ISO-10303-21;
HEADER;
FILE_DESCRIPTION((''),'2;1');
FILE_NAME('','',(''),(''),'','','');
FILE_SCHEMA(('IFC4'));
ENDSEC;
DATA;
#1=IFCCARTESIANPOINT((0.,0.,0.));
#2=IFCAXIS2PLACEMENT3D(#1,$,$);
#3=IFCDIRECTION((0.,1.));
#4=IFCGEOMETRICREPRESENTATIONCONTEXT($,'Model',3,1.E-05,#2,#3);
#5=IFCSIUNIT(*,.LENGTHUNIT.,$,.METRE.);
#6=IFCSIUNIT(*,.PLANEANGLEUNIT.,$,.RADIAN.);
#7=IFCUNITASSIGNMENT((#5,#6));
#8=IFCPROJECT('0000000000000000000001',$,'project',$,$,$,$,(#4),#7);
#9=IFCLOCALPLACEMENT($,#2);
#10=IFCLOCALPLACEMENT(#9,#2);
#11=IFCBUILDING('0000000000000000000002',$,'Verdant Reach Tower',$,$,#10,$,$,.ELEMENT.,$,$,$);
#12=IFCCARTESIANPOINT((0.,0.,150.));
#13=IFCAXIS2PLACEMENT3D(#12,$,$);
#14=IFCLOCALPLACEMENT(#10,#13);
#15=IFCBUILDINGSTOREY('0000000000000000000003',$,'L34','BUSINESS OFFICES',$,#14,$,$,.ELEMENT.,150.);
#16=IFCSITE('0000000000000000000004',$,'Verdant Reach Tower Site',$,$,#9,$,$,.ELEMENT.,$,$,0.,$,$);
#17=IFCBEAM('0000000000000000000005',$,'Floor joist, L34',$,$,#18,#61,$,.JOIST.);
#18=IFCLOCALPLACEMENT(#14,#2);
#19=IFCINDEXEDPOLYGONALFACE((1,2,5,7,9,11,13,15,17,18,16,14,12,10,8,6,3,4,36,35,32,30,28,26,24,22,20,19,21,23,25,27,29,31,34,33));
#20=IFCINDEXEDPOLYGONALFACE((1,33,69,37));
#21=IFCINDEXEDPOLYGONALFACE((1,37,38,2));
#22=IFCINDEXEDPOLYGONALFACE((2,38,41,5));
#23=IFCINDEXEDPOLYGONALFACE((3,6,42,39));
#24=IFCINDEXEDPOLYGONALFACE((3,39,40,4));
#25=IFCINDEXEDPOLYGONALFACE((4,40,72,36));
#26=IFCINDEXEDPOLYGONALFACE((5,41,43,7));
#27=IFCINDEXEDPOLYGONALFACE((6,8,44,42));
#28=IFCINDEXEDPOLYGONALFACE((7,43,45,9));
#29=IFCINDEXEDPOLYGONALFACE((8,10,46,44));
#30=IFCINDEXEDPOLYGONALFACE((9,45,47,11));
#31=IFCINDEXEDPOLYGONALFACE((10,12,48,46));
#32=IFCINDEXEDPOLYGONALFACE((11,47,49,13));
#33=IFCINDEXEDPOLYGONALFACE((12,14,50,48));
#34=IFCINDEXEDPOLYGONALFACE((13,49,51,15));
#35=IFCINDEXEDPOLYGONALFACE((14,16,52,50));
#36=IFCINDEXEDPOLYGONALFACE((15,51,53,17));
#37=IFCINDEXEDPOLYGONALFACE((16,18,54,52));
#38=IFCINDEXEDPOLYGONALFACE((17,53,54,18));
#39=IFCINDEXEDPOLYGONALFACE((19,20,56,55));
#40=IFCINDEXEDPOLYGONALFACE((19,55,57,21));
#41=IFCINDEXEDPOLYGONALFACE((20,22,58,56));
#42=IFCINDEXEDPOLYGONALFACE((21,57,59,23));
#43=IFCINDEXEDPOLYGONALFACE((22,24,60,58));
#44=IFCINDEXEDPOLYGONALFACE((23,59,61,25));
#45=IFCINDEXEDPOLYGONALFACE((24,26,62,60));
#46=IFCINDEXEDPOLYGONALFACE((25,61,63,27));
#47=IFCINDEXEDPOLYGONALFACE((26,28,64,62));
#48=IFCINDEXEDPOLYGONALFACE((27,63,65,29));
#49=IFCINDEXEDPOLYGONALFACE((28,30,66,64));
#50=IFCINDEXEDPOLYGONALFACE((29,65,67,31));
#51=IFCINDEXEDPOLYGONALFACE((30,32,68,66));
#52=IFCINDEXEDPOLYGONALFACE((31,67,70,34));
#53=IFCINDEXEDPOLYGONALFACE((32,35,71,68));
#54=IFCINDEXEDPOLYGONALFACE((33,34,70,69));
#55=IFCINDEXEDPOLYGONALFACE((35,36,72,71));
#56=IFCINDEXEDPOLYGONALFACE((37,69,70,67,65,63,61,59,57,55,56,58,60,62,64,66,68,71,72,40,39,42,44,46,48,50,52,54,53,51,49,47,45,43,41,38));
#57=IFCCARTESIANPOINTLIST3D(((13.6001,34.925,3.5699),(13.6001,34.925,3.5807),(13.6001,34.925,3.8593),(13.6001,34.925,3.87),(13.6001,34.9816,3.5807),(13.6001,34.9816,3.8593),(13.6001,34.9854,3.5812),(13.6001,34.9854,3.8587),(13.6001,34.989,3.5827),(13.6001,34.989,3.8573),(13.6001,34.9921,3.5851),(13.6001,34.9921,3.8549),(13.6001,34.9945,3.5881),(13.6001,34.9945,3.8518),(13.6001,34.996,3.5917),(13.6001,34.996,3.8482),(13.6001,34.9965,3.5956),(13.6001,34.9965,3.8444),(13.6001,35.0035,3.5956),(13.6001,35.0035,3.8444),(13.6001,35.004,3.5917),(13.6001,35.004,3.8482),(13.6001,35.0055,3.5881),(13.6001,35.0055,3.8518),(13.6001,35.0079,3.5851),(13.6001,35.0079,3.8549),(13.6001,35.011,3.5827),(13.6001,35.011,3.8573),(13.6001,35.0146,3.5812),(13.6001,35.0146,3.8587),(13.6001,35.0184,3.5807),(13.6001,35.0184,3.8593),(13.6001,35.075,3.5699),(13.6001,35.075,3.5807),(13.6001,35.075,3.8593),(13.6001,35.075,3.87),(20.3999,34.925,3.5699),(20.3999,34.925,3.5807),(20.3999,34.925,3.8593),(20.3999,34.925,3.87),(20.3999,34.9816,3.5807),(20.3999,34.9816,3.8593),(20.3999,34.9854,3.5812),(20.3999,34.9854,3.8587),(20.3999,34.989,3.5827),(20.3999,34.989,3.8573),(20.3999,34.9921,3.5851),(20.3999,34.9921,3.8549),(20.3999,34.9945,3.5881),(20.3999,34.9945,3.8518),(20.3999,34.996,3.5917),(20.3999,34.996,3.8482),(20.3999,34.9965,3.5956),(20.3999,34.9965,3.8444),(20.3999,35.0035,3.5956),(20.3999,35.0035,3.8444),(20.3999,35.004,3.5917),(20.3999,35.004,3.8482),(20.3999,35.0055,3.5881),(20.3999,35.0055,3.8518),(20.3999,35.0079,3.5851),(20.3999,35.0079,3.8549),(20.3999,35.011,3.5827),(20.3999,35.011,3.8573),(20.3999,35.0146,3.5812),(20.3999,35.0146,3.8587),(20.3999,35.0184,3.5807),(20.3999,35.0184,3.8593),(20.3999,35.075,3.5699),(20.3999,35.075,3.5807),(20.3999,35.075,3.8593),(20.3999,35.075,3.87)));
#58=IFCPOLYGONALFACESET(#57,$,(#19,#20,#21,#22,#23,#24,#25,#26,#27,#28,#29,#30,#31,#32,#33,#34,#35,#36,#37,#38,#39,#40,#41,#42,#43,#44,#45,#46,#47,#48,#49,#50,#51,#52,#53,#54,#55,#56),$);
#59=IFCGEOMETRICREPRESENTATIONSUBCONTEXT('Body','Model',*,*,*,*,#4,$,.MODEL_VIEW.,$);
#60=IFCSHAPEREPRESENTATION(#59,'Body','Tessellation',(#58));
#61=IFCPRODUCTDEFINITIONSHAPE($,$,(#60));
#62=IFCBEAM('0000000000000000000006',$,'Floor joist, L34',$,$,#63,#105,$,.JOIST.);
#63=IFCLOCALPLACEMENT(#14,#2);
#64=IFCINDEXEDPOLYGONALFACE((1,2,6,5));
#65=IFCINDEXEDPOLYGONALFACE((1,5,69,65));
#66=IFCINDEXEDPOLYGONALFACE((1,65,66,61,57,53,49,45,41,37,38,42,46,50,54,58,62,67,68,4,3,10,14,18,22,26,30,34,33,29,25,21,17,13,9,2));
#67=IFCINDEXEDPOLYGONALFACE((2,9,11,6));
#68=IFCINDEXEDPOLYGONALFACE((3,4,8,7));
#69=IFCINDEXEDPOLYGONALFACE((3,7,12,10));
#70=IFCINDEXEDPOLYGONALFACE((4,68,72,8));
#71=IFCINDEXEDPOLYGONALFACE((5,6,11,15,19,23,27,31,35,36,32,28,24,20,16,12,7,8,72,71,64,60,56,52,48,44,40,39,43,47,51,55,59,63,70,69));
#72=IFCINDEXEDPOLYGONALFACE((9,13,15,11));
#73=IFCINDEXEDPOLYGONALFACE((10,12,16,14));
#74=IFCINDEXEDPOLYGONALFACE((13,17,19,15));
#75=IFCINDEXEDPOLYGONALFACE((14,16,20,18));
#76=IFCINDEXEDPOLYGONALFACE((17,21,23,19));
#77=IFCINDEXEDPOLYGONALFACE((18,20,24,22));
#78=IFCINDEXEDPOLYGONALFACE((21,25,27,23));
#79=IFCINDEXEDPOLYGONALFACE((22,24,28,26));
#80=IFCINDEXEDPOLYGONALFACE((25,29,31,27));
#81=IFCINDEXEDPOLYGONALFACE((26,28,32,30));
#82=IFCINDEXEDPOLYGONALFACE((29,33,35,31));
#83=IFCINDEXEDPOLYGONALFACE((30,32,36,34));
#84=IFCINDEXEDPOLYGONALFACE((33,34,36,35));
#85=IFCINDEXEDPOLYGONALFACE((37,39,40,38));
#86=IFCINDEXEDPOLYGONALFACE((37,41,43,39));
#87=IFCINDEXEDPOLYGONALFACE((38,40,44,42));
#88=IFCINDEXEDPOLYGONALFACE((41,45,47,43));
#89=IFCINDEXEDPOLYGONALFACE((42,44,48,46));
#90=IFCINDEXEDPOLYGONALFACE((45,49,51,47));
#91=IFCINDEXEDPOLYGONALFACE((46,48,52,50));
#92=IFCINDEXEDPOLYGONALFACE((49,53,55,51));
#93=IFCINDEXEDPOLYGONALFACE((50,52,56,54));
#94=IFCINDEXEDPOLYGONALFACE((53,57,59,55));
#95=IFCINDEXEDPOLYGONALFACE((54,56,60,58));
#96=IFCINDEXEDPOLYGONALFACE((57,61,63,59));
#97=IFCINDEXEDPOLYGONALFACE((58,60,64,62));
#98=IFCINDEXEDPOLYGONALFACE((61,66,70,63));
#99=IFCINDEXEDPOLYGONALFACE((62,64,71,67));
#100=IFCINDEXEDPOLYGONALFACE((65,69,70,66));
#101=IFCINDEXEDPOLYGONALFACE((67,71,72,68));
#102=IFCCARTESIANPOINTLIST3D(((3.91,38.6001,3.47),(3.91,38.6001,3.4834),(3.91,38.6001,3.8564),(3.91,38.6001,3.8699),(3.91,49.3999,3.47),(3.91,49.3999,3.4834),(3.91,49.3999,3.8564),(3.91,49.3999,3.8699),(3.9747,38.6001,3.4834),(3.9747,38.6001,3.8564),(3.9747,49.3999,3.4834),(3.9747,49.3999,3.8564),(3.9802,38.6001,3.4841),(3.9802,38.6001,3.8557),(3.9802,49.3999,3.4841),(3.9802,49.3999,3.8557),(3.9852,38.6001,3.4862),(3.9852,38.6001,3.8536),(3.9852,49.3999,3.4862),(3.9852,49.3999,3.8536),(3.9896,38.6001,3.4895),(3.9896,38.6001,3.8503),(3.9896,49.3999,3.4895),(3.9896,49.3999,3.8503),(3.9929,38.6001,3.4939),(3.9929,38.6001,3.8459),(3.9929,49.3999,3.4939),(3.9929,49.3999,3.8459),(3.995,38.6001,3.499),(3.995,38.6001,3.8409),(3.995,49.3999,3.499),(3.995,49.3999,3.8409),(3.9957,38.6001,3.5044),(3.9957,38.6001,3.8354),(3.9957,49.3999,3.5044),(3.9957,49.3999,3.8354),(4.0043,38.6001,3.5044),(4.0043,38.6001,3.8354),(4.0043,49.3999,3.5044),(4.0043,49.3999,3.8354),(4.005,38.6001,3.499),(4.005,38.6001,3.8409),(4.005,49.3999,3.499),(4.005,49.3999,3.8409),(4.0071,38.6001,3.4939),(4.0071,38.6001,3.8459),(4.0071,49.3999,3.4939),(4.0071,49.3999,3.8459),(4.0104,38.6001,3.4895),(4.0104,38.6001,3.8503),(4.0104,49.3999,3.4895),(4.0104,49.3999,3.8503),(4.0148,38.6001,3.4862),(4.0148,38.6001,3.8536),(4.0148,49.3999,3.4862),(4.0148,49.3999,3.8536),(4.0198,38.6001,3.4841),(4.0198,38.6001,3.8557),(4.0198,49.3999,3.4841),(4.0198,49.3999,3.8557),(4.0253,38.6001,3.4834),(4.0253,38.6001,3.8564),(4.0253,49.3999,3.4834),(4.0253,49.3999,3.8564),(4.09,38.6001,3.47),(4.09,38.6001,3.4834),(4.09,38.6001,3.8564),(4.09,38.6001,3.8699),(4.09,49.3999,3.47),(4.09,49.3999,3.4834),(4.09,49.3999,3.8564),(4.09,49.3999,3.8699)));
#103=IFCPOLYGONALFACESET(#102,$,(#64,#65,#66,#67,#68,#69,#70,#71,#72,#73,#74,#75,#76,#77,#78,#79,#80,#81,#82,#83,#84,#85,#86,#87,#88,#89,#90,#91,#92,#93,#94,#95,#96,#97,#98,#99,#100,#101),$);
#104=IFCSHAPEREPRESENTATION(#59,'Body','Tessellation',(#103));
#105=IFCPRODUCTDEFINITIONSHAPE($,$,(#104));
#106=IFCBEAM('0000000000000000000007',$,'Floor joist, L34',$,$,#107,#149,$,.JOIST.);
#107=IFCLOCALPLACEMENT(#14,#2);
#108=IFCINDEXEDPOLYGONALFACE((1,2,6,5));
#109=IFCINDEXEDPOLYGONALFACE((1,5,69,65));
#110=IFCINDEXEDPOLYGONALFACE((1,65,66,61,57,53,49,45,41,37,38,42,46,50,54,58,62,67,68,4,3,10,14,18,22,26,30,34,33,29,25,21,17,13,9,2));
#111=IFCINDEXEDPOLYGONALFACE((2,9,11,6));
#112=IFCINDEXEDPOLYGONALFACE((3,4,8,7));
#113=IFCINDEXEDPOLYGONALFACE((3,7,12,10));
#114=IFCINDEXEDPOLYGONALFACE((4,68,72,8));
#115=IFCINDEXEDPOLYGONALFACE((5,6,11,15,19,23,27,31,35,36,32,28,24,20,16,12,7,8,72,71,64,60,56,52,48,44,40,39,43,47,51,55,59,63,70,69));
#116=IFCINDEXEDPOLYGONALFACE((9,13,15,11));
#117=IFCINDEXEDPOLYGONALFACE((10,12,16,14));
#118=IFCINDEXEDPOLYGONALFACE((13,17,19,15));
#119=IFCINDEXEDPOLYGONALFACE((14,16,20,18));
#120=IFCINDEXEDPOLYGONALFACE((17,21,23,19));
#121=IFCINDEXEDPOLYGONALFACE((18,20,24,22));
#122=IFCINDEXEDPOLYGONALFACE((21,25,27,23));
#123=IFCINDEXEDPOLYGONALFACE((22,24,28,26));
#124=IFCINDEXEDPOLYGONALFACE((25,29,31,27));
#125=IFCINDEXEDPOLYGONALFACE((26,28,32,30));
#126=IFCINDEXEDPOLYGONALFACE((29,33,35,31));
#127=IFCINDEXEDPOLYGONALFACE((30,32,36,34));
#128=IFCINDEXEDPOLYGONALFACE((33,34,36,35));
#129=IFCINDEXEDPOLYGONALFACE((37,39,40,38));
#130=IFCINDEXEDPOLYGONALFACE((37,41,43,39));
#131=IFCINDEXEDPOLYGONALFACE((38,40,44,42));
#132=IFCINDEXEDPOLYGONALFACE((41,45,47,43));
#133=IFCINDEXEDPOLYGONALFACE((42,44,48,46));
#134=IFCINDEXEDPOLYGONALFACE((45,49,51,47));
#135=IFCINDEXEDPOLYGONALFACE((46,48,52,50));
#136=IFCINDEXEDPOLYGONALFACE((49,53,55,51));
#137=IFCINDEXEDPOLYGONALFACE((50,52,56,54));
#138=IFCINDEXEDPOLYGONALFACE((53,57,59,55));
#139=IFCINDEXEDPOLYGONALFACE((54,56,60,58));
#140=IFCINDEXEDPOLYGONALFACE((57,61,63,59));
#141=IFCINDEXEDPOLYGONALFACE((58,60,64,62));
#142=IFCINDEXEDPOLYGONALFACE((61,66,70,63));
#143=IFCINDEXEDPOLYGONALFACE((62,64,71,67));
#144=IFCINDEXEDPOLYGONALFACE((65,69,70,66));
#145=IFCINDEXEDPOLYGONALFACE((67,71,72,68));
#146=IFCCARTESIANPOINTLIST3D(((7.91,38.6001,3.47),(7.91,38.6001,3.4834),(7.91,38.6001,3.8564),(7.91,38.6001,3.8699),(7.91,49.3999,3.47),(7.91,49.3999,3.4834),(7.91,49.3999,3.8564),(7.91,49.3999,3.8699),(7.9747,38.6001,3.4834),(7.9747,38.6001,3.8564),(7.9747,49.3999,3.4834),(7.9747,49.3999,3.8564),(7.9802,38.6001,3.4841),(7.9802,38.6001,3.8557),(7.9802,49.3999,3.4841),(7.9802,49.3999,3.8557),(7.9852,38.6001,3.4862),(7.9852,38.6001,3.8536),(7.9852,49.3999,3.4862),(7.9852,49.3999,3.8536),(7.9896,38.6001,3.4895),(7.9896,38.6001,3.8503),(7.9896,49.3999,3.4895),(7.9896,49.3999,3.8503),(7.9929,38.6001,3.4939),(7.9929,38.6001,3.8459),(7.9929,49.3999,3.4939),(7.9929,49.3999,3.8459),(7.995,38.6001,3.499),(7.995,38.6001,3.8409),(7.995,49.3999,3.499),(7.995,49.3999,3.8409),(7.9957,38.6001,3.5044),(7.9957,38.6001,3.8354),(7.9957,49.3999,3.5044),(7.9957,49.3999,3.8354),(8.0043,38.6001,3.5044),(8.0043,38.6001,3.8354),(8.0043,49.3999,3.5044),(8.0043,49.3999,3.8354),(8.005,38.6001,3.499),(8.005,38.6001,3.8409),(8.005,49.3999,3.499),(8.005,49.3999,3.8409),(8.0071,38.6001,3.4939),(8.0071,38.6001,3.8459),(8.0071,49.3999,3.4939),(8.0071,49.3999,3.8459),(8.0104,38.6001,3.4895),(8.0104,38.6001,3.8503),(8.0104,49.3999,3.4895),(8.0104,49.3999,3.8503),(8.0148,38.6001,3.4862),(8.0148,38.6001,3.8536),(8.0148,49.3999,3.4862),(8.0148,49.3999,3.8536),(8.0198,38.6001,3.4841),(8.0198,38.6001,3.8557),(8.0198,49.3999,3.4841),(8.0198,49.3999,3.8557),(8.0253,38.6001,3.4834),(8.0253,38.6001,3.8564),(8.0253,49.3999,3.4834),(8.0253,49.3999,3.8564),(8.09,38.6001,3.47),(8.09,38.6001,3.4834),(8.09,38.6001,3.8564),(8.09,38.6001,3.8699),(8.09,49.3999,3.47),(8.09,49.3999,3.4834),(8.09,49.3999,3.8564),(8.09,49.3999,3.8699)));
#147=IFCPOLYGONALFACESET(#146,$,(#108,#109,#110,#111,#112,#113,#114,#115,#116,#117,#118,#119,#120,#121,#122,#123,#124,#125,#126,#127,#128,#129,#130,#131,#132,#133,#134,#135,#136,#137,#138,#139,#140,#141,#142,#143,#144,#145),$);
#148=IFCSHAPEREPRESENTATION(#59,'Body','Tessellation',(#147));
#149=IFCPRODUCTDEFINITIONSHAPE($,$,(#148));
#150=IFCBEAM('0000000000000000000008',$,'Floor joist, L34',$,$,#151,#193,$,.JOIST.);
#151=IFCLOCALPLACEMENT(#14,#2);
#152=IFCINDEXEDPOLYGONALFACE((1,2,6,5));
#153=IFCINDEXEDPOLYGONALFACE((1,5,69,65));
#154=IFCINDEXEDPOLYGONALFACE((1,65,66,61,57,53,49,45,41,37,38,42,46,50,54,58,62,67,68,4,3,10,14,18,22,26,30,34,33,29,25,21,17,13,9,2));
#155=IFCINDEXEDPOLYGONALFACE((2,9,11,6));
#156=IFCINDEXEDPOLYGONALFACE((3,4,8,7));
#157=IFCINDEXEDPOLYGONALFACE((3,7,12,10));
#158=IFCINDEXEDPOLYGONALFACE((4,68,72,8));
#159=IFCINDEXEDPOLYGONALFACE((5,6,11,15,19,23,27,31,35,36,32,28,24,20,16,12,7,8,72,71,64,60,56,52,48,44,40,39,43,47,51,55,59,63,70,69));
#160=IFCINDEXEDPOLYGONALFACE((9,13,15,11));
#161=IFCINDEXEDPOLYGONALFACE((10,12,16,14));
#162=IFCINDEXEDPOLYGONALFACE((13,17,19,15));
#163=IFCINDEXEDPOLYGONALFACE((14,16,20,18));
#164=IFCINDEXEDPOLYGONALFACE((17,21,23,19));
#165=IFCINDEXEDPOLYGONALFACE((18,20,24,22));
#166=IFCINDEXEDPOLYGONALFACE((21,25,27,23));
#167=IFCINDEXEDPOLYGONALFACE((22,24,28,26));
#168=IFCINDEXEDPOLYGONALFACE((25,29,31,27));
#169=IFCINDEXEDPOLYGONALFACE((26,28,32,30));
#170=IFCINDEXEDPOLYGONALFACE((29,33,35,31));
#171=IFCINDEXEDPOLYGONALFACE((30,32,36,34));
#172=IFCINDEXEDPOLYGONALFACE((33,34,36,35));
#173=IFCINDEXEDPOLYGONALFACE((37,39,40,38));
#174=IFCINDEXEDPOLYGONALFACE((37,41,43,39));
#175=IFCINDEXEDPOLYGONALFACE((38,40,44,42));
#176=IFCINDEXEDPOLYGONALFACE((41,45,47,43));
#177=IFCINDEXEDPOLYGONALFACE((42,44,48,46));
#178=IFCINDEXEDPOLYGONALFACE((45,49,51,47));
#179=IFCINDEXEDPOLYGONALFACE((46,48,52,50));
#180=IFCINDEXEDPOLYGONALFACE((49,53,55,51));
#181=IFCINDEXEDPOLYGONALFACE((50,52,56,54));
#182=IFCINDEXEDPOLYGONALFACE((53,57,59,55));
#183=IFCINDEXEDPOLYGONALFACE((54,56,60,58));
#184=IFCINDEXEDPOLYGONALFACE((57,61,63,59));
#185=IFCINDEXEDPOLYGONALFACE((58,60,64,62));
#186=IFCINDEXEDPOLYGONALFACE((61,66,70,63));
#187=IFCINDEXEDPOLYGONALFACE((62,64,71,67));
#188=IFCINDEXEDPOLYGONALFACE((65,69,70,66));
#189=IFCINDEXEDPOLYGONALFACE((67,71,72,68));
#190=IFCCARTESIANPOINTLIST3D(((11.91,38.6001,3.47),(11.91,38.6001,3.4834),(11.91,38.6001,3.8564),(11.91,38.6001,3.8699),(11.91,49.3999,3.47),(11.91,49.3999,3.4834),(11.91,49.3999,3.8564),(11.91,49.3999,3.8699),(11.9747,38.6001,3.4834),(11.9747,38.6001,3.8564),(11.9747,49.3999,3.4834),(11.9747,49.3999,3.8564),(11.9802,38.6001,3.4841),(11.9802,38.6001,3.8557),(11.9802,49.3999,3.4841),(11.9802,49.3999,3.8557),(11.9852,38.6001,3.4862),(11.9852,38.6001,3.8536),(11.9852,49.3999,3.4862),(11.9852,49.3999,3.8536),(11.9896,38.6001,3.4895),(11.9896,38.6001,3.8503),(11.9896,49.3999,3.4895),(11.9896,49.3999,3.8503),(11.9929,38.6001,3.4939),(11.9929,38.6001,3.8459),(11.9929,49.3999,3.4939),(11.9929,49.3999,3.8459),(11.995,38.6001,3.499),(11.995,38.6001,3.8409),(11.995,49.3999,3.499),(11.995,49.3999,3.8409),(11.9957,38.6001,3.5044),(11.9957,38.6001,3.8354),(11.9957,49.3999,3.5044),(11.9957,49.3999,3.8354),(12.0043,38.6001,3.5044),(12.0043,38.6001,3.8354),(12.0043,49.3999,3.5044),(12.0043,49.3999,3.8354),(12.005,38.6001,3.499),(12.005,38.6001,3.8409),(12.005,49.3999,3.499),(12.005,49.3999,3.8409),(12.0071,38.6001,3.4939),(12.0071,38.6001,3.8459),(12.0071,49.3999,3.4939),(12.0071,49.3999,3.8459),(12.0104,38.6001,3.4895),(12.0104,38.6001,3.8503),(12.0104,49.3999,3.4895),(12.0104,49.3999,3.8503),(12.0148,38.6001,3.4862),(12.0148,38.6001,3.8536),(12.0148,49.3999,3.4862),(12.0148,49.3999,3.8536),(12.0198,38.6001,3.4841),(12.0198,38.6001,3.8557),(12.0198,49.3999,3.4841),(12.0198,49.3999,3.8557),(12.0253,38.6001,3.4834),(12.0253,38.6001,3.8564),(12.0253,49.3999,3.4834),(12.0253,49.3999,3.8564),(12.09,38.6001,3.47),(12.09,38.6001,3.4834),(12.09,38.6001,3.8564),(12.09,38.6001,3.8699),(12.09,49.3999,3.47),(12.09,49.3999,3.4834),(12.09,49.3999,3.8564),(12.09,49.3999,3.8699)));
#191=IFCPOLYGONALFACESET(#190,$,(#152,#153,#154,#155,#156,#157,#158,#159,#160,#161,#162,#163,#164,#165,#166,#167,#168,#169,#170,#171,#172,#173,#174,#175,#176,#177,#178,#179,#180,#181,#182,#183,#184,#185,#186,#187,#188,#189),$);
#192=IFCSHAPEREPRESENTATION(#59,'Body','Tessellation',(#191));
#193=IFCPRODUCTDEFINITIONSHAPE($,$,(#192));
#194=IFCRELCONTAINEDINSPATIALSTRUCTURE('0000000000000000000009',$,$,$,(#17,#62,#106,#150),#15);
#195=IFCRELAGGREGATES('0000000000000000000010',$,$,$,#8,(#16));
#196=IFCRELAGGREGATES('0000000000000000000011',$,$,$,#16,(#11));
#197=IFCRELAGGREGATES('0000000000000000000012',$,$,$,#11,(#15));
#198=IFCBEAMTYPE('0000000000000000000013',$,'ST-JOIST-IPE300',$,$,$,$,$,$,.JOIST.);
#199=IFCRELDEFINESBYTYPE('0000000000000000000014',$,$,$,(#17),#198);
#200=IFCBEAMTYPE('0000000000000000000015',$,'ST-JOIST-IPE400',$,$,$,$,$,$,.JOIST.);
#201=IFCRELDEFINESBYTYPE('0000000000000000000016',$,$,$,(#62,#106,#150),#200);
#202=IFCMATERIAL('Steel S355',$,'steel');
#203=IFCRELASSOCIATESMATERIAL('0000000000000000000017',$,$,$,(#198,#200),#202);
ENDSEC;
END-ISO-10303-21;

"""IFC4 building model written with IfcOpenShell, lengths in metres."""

from ifc_helpers import new_model, si_unit, direction, frame, origin, origin_2d, place, context, subcontext, project, spatial, i_section, extrude, material, material_profile, profile_set, type_object, element, save


model = new_model("IFC4")

# Units and contexts
model_context = context("Model", 3, precision=1e-05, world=origin(), true_north=direction((0.0, 1.0)))
body_context = subcontext(model_context, "Body", "Model", "MODEL_VIEW")
ifc_project = project(units=[si_unit("LENGTHUNIT", "METRE"), si_unit("PLANEANGLEUNIT", "RADIAN")], contexts=[model_context])

# Site, building, storey
site_placement = place(None, origin())
site = spatial("IfcSite", under=ifc_project, at=site_placement, Name="Verdant Reach Tower Site", CompositionType="ELEMENT", RefElevation=0.0)
building_placement = place(site_placement, origin())
building = spatial("IfcBuilding", under=site, at=building_placement, Name="Verdant Reach Tower", CompositionType="ELEMENT")
storey_placement = place(building_placement, frame((0.0, 0.0, 150.0)))
storey = spatial("IfcBuildingStorey", under=building, at=storey_placement, Name="L34", Description="BUSINESS OFFICES", CompositionType="ELEMENT", Elevation=150.0)

# Beams
ifc_material_1 = material(Name="Steel S355", Category="steel")
ifc_material_profile_1 = material_profile(ifc_material_1, i_section(OverallWidth=0.1499, OverallDepth=0.3, WebThickness=0.0071, FlangeThickness=0.0107, FilletRadius=0.0149, at=origin_2d()), Name="IPE 300")
ifc_profile_set_1 = profile_set([ifc_material_profile_1], Name="Steel S355")
beam_type_1 = type_object("IfcBeamType", Name="ST-JOIST-IPE300", PredefinedType="JOIST", material=ifc_profile_set_1)
beam_1_placement = place(storey_placement, frame((13.6001, 35.0, 3.72), z_axis=(1.0, 0.0, 0.0), x_axis=(0.0, 1.0, 0.0)))
element("IfcBeam", 1, at=beam_1_placement, inside=storey, type_object=beam_type_1, Name="Floor joist, L34", PredefinedType="JOIST", context=body_context, shape_type="SweptSolid", body=[
    extrude(i_section(OverallWidth=0.1499, OverallDepth=0.3, WebThickness=0.0071, FlangeThickness=0.0107, FilletRadius=0.0149, at=origin_2d()), origin(), (0.0, 0.0, 1.0), 6.7998),
])
ifc_material_profile_2 = material_profile(ifc_material_1, i_section(OverallWidth=0.1799, OverallDepth=0.3999, WebThickness=0.0085, FlangeThickness=0.0134, FilletRadius=0.021, at=origin_2d()), Name="IPE 400")
ifc_profile_set_2 = profile_set([ifc_material_profile_2], Name="Steel S355")
beam_type_2 = type_object("IfcBeamType", Name="ST-JOIST-IPE400", PredefinedType="JOIST", material=ifc_profile_set_2)
for number, where, z_axis, x_axis, name in (
    (2, (4.0, 38.6001, 3.6699), (0.0, 1.0, 0.0), (-1.0, 0.0, 0.0), "Floor joist, L34"),
    (3, (8.0, 38.6001, 3.6699), (0.0, 1.0, 0.0), (-1.0, 0.0, 0.0), "Floor joist, L34"),
    (4, (12.0, 38.6001, 3.6699), (0.0, 1.0, 0.0), (-1.0, 0.0, 0.0), "Floor joist, L34"),
):
    element("IfcBeam", number, at=place(storey_placement, frame(where, z_axis=z_axis, x_axis=x_axis)), inside=storey, type_object=beam_type_2, Name=name, PredefinedType="JOIST", context=body_context, shape_type="SweptSolid", body=[
        extrude(i_section(OverallWidth=0.1799, OverallDepth=0.3999, WebThickness=0.0085, FlangeThickness=0.0134, FilletRadius=0.021, at=origin_2d()), origin(), (0.0, 0.0, 1.0), 10.7998),
    ])

save(model, "model.ifc")
